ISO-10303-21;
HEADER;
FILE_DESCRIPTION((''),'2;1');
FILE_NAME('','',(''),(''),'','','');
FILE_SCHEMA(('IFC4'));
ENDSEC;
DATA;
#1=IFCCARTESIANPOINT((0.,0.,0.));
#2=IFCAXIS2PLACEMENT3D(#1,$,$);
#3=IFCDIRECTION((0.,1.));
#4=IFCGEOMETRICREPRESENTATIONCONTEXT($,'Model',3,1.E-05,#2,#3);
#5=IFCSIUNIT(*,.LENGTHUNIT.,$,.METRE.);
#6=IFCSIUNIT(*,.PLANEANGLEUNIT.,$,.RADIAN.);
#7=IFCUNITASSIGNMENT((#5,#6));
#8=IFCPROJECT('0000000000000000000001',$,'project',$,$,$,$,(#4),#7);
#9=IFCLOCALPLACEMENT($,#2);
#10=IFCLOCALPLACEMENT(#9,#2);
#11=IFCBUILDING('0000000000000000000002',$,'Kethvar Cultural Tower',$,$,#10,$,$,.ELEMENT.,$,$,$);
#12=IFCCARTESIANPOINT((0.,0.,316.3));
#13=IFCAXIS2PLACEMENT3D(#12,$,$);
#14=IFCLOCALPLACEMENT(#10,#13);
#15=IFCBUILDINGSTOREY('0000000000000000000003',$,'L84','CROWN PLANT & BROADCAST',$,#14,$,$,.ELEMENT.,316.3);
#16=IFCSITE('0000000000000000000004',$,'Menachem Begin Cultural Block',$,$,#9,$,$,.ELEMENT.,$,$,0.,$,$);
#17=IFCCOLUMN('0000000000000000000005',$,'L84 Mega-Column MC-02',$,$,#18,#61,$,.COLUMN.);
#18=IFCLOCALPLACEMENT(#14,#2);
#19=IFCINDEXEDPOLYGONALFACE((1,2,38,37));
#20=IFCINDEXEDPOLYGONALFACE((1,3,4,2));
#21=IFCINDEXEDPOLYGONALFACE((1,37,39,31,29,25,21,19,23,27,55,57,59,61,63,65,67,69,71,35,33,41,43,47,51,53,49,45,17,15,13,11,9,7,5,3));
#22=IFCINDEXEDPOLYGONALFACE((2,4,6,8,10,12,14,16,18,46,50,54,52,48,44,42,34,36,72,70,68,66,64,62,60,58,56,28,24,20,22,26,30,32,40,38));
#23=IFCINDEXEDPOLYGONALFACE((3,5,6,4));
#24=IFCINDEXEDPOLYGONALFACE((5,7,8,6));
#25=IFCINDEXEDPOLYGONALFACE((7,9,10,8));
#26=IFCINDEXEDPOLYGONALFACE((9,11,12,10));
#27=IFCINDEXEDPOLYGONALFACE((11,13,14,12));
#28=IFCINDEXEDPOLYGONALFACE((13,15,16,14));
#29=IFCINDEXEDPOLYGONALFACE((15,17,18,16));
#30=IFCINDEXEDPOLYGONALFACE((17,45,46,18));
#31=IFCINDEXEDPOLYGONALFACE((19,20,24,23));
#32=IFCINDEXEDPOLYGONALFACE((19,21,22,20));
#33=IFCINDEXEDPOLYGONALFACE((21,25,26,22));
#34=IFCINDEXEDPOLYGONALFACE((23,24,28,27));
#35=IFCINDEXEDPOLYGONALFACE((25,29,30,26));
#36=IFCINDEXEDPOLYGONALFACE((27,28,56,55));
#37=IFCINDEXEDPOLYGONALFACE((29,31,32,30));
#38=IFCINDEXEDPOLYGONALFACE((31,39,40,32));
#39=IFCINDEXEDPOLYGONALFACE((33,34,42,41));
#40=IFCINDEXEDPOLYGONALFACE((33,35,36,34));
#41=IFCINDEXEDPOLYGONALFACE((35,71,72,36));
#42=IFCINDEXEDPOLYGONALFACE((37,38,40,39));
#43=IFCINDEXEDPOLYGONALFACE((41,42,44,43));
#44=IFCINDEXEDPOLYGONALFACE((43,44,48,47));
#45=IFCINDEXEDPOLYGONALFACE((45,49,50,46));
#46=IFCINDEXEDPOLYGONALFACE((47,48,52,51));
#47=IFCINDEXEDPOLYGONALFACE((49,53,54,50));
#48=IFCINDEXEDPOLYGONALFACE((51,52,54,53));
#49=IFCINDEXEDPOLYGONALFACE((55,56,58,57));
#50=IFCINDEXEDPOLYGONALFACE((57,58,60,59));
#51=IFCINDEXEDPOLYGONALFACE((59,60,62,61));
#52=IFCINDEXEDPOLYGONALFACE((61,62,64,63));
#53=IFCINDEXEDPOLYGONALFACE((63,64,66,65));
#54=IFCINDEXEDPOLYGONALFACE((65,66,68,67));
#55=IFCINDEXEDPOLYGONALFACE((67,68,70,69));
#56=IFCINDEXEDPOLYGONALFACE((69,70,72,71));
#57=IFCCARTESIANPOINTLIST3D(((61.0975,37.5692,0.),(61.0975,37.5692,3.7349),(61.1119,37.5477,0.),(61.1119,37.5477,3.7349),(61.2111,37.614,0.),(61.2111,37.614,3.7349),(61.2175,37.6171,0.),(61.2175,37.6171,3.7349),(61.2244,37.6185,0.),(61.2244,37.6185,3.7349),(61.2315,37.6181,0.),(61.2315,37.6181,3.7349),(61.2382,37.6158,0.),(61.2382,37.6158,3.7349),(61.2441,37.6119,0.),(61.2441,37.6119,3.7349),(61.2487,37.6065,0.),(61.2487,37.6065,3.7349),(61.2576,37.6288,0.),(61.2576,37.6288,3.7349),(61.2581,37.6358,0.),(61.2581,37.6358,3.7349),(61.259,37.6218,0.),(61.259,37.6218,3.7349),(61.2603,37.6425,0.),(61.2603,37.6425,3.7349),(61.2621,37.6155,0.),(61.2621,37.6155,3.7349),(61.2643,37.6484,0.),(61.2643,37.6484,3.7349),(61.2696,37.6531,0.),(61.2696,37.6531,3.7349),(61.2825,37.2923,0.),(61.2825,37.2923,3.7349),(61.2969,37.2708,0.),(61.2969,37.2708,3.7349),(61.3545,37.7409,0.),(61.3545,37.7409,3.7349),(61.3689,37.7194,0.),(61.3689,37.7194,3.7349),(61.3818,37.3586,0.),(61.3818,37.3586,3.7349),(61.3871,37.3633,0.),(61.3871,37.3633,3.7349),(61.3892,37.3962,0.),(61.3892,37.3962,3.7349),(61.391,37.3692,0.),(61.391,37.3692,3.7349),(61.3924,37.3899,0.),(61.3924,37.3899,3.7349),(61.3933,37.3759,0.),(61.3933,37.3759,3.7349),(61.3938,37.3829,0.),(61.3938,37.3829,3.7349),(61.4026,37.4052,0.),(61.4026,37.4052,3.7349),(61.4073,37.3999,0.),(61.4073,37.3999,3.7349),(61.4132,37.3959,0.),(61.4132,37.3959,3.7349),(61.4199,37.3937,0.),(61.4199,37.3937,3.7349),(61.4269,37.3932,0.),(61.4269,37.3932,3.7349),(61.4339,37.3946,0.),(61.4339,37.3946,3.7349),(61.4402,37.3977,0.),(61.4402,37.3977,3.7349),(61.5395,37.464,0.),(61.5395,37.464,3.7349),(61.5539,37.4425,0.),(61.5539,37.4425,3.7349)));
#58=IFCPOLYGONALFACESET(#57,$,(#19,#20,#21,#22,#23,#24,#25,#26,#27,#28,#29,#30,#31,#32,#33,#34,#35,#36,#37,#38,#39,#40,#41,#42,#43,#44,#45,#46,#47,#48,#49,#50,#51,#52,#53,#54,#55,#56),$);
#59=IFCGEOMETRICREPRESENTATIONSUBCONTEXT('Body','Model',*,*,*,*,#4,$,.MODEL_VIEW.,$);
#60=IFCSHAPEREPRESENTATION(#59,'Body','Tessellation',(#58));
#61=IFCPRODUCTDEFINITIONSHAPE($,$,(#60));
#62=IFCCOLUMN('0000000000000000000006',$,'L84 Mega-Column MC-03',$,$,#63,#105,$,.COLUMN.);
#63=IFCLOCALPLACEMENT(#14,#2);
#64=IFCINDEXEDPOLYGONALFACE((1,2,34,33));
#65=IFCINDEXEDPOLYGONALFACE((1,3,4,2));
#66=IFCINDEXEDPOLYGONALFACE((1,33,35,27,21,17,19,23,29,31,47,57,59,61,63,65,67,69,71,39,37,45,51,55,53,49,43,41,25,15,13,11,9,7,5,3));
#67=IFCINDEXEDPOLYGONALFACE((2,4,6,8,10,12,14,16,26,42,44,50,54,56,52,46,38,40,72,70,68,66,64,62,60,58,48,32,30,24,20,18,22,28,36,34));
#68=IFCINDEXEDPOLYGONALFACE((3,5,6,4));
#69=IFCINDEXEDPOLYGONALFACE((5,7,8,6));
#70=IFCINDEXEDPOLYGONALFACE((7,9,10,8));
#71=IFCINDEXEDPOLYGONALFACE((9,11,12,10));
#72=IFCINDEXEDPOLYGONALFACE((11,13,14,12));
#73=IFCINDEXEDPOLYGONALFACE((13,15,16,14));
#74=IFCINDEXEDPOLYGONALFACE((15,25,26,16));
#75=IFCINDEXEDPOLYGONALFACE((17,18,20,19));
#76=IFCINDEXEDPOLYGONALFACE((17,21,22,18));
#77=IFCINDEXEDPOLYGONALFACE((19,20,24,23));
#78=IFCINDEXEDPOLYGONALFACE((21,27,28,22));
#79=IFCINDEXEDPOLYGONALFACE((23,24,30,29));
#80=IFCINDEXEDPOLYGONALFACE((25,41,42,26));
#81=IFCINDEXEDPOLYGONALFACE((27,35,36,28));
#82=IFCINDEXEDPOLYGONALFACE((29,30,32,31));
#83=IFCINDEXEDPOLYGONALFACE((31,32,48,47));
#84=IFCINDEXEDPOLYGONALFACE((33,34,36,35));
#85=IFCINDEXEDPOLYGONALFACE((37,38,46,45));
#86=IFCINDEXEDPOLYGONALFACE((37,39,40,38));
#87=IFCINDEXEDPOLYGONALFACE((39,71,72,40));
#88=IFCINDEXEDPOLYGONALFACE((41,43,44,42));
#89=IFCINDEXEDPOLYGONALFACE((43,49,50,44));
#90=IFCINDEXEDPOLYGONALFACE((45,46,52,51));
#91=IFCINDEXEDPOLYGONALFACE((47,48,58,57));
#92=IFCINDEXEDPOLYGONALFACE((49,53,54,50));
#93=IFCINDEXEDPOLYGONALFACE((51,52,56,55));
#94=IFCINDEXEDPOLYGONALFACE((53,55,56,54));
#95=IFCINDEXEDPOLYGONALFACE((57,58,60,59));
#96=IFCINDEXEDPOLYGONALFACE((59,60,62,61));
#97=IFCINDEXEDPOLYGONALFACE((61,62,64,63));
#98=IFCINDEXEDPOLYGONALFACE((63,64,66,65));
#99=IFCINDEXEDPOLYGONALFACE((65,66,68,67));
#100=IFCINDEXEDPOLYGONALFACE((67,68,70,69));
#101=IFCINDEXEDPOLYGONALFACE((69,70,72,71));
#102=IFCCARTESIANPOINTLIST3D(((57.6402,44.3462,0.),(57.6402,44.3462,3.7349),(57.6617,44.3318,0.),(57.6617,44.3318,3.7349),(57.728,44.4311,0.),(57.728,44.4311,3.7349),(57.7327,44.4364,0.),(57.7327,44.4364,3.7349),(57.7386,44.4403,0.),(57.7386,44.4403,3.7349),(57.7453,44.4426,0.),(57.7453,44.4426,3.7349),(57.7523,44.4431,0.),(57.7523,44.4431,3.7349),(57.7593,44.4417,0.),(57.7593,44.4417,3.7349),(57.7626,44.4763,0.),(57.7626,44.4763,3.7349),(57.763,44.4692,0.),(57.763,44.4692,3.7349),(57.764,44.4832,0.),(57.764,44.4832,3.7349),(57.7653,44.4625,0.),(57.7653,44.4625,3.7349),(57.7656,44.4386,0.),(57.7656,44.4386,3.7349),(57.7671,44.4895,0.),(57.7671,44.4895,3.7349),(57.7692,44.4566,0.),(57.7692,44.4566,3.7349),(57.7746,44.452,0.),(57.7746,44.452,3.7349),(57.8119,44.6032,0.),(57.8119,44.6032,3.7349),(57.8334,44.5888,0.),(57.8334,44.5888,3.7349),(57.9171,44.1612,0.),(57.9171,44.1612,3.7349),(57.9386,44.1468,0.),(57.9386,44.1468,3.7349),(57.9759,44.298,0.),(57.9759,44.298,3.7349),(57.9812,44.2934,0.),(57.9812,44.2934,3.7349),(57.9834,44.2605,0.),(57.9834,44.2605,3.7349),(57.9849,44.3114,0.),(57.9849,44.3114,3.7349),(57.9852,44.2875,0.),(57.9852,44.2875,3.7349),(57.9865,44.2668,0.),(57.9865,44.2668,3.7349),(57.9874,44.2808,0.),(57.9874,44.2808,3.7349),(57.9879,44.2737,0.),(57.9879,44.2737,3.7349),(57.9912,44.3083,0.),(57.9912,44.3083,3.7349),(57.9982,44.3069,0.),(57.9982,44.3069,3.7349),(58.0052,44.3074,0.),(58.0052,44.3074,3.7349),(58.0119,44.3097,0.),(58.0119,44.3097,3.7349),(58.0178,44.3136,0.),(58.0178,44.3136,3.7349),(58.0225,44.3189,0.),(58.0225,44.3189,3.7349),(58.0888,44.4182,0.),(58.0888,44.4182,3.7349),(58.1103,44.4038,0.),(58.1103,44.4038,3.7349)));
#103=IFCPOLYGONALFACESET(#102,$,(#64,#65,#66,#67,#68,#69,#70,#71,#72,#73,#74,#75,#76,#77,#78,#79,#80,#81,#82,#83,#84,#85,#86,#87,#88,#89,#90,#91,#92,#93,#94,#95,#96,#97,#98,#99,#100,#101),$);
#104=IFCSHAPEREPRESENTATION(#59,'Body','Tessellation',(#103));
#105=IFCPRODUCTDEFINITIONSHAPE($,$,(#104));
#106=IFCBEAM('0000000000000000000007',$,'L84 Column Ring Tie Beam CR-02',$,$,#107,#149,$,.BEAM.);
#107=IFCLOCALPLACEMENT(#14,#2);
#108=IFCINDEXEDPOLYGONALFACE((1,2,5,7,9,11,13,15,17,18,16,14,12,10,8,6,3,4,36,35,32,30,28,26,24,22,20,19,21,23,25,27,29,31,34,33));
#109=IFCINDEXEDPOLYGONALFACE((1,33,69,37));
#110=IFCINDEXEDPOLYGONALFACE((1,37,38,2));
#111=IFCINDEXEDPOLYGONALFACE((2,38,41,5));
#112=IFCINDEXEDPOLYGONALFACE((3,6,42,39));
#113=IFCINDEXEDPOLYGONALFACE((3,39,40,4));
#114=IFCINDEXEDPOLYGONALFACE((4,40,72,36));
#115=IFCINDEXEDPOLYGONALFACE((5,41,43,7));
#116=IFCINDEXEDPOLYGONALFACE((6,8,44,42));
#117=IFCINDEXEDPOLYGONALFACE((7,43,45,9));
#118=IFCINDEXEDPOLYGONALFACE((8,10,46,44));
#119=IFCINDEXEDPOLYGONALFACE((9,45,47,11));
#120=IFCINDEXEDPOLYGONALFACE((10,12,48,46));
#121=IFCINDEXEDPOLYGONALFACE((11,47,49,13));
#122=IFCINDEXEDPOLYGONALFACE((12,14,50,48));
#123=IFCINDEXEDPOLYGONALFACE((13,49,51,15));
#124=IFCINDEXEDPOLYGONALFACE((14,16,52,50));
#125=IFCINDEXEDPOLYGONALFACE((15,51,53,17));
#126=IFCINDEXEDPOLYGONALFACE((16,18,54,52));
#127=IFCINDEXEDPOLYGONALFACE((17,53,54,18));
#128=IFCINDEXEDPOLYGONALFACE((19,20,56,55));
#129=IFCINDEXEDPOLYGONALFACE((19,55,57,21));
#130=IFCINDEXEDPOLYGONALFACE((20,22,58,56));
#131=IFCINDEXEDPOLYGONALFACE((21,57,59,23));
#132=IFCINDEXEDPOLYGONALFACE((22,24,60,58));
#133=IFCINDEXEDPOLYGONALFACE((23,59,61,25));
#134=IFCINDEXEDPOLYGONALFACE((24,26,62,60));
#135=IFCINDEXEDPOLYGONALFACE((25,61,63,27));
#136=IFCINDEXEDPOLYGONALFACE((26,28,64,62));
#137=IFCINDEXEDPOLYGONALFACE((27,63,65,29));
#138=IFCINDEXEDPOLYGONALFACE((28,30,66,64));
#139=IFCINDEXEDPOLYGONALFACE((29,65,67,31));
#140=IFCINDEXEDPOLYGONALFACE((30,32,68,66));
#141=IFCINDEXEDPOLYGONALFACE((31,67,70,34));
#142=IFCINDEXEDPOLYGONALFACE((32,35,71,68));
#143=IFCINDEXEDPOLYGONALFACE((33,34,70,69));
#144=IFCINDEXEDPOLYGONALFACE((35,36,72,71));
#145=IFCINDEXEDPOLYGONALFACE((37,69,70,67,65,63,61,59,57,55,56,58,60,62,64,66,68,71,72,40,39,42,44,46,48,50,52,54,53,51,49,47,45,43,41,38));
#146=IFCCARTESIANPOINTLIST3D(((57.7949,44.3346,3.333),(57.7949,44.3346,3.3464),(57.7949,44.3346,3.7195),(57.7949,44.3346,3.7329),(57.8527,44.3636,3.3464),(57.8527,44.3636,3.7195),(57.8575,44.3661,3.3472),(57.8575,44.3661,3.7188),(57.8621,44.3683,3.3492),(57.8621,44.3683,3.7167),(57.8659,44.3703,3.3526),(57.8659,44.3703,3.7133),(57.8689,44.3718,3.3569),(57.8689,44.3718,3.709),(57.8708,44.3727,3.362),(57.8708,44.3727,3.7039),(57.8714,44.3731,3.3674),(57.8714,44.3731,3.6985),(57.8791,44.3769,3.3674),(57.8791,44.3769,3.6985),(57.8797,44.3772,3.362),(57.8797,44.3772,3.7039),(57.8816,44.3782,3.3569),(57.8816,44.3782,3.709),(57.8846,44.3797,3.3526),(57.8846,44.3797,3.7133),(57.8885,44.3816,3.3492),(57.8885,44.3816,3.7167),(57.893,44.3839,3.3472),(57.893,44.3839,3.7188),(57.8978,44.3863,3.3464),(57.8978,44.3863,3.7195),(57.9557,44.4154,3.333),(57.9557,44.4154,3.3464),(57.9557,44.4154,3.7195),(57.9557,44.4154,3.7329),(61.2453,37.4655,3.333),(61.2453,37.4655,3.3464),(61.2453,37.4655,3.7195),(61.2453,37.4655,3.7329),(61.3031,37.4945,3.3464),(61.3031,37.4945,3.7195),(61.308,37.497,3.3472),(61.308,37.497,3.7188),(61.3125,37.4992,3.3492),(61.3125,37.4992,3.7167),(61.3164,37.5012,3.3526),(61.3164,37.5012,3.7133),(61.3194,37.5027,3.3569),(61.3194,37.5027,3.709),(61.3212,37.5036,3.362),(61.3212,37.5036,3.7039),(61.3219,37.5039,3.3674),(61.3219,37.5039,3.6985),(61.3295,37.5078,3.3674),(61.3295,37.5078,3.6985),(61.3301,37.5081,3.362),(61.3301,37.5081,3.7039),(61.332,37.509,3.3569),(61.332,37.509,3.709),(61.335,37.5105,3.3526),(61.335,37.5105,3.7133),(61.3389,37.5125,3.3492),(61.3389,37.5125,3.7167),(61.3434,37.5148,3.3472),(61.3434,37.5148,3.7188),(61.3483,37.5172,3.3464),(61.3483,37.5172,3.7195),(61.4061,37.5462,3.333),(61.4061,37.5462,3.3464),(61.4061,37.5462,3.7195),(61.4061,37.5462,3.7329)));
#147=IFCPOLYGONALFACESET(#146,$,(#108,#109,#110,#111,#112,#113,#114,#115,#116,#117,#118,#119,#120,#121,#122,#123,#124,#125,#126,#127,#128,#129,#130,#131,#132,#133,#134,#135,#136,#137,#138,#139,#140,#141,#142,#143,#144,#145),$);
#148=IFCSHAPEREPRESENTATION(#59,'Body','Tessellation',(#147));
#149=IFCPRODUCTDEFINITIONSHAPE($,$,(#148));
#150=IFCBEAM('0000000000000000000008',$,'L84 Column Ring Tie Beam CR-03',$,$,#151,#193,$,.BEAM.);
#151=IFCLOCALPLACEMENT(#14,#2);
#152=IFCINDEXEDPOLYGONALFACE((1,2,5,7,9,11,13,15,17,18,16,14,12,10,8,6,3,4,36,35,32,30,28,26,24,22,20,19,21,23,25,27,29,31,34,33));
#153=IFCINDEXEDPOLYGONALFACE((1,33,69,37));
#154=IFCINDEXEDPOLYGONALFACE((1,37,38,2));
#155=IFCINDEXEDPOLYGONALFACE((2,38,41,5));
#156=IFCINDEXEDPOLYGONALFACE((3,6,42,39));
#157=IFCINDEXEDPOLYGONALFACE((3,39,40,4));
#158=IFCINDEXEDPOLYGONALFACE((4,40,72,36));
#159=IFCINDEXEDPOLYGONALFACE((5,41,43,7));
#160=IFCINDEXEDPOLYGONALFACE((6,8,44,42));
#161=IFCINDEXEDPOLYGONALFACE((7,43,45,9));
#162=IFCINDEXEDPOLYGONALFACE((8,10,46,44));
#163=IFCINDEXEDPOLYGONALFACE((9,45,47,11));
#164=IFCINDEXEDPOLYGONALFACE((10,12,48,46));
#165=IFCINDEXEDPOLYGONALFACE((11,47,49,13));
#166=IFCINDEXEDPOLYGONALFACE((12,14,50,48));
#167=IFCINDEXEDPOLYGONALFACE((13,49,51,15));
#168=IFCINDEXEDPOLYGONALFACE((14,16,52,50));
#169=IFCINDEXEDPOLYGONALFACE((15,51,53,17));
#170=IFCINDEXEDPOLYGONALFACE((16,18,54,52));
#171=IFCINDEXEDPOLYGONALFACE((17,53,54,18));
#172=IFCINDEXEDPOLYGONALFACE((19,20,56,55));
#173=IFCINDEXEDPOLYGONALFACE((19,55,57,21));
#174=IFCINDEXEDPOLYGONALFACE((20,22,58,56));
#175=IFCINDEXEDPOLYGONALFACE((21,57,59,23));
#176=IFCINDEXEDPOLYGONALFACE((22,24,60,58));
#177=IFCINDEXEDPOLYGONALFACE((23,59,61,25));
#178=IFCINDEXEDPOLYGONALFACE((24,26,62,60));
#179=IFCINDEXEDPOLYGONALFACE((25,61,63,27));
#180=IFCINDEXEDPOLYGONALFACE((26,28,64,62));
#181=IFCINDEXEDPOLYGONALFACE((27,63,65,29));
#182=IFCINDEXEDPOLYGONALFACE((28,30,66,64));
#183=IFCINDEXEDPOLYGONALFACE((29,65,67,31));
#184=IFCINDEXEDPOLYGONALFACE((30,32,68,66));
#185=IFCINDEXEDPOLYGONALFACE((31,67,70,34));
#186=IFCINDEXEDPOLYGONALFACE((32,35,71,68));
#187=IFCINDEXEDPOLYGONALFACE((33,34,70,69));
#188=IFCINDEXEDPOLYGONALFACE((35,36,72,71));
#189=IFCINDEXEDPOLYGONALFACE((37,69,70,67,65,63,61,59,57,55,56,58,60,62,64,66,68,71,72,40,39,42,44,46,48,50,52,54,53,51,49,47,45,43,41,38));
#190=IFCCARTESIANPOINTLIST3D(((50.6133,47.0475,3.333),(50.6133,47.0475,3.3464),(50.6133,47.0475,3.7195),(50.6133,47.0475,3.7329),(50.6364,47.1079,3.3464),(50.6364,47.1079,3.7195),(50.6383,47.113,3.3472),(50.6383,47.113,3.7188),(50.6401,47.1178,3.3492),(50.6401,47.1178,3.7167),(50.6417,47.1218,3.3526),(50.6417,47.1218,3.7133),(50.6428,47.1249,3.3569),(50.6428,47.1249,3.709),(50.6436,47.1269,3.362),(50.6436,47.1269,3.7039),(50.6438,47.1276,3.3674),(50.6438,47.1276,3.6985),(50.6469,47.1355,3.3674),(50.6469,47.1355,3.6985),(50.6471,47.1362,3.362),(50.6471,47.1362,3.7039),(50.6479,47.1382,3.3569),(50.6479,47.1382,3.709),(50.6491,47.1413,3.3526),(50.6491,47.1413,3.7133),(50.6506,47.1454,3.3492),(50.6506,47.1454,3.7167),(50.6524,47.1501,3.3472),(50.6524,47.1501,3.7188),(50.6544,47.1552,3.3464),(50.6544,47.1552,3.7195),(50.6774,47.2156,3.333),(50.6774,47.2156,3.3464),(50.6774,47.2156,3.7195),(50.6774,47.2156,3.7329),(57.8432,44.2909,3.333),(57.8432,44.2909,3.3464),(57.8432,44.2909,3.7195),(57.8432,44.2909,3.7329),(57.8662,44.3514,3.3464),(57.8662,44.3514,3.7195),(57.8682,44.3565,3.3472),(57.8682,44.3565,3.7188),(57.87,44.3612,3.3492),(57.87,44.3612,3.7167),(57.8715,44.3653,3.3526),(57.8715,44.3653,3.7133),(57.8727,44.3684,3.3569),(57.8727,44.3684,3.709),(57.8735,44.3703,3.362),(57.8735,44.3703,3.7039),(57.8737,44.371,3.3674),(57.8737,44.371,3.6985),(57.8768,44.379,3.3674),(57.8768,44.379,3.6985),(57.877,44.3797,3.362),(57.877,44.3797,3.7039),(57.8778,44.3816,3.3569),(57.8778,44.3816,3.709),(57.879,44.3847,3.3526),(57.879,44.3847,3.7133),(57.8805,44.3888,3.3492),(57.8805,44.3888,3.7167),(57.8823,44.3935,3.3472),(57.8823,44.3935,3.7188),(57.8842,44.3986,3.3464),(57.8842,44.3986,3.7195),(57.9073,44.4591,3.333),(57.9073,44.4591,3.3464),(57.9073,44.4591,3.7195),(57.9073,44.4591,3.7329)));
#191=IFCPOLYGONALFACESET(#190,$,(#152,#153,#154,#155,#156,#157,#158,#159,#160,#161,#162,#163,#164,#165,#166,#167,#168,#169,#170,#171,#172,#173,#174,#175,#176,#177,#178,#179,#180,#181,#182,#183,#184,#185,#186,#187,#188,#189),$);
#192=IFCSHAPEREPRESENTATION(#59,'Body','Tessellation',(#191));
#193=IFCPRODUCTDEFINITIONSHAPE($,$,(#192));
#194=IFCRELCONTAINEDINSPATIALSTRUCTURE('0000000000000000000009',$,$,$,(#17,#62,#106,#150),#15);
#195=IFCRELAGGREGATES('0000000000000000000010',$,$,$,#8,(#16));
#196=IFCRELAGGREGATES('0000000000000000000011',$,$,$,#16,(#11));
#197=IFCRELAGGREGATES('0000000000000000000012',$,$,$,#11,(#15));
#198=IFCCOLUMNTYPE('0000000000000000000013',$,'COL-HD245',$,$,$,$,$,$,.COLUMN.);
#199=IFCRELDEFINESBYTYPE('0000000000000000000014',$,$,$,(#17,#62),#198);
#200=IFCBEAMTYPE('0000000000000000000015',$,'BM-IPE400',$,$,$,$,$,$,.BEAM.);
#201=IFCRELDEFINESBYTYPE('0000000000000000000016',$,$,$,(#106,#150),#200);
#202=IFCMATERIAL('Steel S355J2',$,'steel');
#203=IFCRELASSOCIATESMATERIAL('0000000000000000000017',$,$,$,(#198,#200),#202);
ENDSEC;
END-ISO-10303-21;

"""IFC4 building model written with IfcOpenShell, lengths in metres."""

from ifc_helpers import new_model, si_unit, direction, frame, origin, origin_2d, place, context, subcontext, project, spatial, i_section, extrude, source, transform, mapped, material, material_profile, profile_set, type_object, element, save


model = new_model("IFC4")

# Units and contexts
model_context = context("Model", 3, precision=1e-05, world=origin(), true_north=direction((0.0, 1.0)))
body_context = subcontext(model_context, "Body", "Model", "MODEL_VIEW")
ifc_project = project(units=[si_unit("LENGTHUNIT", "METRE"), si_unit("PLANEANGLEUNIT", "RADIAN")], contexts=[model_context])

# Site, building, storey
site_placement = place(None, origin())
site = spatial("IfcSite", under=ifc_project, at=site_placement, Name="Menachem Begin Cultural Block", CompositionType="ELEMENT", RefElevation=0.0)
building_placement = place(site_placement, origin())
building = spatial("IfcBuilding", under=site, at=building_placement, Name="Kethvar Cultural Tower", CompositionType="ELEMENT")
storey_placement = place(building_placement, frame((0.0, 0.0, 316.3)))
storey = spatial("IfcBuildingStorey", under=building, at=storey_placement, Name="L84", Description="CROWN PLANT & BROADCAST", CompositionType="ELEMENT", Elevation=316.3)

# Columns
ifc_material_1 = material(Name="Steel S355J2", Category="steel")
ifc_material_profile_1 = material_profile(ifc_material_1, i_section(OverallWidth=0.3091, OverallDepth=0.3589, WebThickness=0.0161, FlangeThickness=0.0259, FilletRadius=0.0271, at=origin_2d()), Name="Steel S355J2 — HD320x245")
ifc_profile_set_1 = profile_set([ifc_material_profile_1], Name="Steel S355J2 — HD320x245")
column_type = type_object("IfcColumnType", Name="COL-HD245", PredefinedType="COLUMN", material=ifc_profile_set_1)
shared_shape_1 = source(origin(), body_context, "Body", "SweptSolid", [
    extrude(i_section(OverallWidth=0.3091, OverallDepth=0.3589, WebThickness=0.0161, FlangeThickness=0.0259, FilletRadius=0.0271, at=origin_2d()), origin(), (0.0, 0.0, 1.0), 3.7349),
])
for number, where, z_axis, x_axis, name in (
    (1, (61.3257, 37.5059, 0.0), (0.0, 0.0, 1.0), (0.83147, 0.55557, 0.0), "L84 Mega-Column MC-02"),
    (2, (57.8752, 44.375, 0.0), (0.0, 0.0, 1.0), (0.55557, 0.83147, 0.0), "L84 Mega-Column MC-03"),
):
    element("IfcColumn", number, at=place(storey_placement, frame(where, z_axis=z_axis, x_axis=x_axis)), inside=storey, type_object=column_type, Name=name, PredefinedType="COLUMN", context=body_context, shape_type="MappedRepresentation", body=[
        mapped(shared_shape_1, transform((0.0, 0.0, 0.0), scale=1.0)),
    ])

# Beams
ifc_material_profile_2 = material_profile(ifc_material_1, i_section(OverallWidth=0.1799, OverallDepth=0.3999, WebThickness=0.0085, FlangeThickness=0.0134, FilletRadius=0.021, at=origin_2d()), Name="Steel S355J2 — IPE400")
ifc_profile_set_2 = profile_set([ifc_material_profile_2], Name="Steel S355J2 — IPE400")
beam_type_1 = type_object("IfcBeamType", Name="BM-IPE400", PredefinedType="BEAM", material=ifc_profile_set_2)
shared_shape_2 = source(origin(), body_context, "Body", "SweptSolid", [
    extrude(i_section(OverallWidth=0.1799, OverallDepth=0.3999, WebThickness=0.0085, FlangeThickness=0.0134, FilletRadius=0.021, at=origin_2d()), origin(), (0.0, 0.0, 1.0), 7.687),
])
beam_1_placement = place(storey_placement, frame((61.3257, 37.5059, 3.533), z_axis=(-0.448864, 0.8936, 0.0), x_axis=(-0.8936, -0.448864, 0.0)))
element("IfcBeam", 3, at=beam_1_placement, inside=storey, type_object=beam_type_1, Name="L84 Column Ring Tie Beam CR-02", PredefinedType="BEAM", context=body_context, shape_type="MappedRepresentation", body=[
    mapped(shared_shape_2, transform((0.0, 0.0, 0.0), scale=1.0)),
])
shared_shape_3 = source(origin(), body_context, "Body", "SweptSolid", [
    extrude(i_section(OverallWidth=0.1799, OverallDepth=0.3999, WebThickness=0.0085, FlangeThickness=0.0134, FilletRadius=0.021, at=origin_2d()), origin(), (0.0, 0.0, 1.0), 7.7375),
])
beam_2_placement = place(storey_placement, frame((57.8752, 44.375, 3.533), z_axis=(-0.934388, 0.356256, 0.0), x_axis=(-0.356256, -0.934388, 0.0)))
element("IfcBeam", 4, at=beam_2_placement, inside=storey, type_object=beam_type_1, Name="L84 Column Ring Tie Beam CR-03", PredefinedType="BEAM", context=body_context, shape_type="MappedRepresentation", body=[
    mapped(shared_shape_3, transform((0.0, 0.0, 0.0), scale=1.0)),
])

save(model, "model.ifc")
